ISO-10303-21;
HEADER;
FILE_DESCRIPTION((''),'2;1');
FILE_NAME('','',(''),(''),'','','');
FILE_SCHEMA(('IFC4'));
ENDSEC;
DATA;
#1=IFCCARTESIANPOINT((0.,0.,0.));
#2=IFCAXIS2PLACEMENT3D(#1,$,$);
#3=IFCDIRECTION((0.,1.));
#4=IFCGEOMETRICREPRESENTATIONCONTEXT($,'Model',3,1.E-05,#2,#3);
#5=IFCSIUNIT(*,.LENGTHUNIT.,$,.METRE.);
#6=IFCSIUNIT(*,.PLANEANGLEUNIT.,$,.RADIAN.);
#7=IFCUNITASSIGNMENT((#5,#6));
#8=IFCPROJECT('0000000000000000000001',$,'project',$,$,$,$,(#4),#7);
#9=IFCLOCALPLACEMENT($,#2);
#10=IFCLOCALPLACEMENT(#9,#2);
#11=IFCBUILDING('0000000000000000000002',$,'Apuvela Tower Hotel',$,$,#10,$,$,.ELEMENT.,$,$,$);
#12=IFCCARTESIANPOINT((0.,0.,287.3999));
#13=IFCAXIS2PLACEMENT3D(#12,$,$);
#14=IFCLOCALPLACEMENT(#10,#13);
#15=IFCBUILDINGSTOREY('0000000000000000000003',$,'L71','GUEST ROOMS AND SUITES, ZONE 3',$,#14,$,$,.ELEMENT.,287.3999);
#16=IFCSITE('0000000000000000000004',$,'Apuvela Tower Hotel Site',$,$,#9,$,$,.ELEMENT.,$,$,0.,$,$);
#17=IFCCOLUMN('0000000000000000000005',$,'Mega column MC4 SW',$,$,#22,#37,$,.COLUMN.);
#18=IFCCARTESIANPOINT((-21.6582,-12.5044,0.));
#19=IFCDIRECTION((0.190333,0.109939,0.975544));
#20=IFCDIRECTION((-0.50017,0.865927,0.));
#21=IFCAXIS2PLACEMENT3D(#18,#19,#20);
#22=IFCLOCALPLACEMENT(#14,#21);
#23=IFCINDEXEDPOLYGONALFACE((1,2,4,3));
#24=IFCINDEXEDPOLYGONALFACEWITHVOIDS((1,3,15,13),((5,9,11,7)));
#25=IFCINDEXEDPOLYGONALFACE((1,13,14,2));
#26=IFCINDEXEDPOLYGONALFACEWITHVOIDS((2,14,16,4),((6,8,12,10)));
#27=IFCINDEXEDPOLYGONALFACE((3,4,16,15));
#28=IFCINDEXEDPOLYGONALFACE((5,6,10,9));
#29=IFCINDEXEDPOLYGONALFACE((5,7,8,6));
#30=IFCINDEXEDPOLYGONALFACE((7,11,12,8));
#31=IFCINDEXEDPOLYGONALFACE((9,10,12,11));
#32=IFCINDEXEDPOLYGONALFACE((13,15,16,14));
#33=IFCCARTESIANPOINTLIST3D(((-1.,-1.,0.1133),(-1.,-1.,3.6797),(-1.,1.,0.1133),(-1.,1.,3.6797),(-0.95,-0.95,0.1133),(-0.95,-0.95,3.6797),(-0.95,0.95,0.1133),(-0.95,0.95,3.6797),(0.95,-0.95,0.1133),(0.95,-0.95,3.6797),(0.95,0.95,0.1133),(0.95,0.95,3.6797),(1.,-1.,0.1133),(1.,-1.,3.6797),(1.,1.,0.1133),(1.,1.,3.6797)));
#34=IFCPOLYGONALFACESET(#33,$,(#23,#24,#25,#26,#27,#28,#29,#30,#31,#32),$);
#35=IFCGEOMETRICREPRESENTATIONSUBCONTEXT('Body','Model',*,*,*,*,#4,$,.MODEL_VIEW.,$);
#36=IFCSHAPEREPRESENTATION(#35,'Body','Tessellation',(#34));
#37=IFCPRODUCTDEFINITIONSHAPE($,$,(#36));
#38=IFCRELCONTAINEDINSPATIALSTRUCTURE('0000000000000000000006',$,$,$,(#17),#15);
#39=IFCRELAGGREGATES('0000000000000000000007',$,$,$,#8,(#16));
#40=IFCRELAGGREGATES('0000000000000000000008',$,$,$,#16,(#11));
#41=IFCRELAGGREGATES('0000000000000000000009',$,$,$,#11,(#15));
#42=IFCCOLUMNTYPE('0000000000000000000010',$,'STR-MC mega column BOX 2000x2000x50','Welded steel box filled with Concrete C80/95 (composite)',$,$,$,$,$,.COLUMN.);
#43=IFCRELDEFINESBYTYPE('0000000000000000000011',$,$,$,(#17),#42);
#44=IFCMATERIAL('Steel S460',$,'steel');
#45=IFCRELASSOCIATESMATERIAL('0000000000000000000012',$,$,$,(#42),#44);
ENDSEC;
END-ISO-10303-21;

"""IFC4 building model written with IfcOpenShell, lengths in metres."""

from ifc_helpers import new_model, si_unit, direction, frame, origin, origin_2d, place, context, subcontext, project, spatial, rectangle, hollow_rectangle, extrude, boolean, halfspace, material, material_profile, profile_set, type_object, element, save


model = new_model("IFC4")

# Units and contexts
model_context = context("Model", 3, precision=1e-05, world=origin(), true_north=direction((0.0, 1.0)))
body_context = subcontext(model_context, "Body", "Model", "MODEL_VIEW")
ifc_project = project(units=[si_unit("LENGTHUNIT", "METRE"), si_unit("PLANEANGLEUNIT", "RADIAN")], contexts=[model_context])

# Site, building, storey
site_placement = place(None, origin())
site = spatial("IfcSite", under=ifc_project, at=site_placement, Name="Apuvela Tower Hotel Site", CompositionType="ELEMENT", RefElevation=0.0)
building_placement = place(site_placement, origin())
building = spatial("IfcBuilding", under=site, at=building_placement, Name="Apuvela Tower Hotel", CompositionType="ELEMENT")
storey_placement = place(building_placement, frame((0.0, 0.0, 287.3999)))
storey = spatial("IfcBuildingStorey", under=building, at=storey_placement, Name="L71", Description="GUEST ROOMS AND SUITES, ZONE 3", CompositionType="ELEMENT", Elevation=287.3999)

# Column
ifc_material_1 = material(Name="Steel S460", Category="steel")
ifc_material_profile_1 = material_profile(ifc_material_1, hollow_rectangle(XDim=2.0, YDim=2.0, WallThickness=0.05, at=origin_2d()), Name="BOX 2000x2000x50")
ifc_material_2 = material(Name="Concrete C80/95", Category="concrete")
ifc_material_profile_2 = material_profile(ifc_material_2, rectangle(XDim=1.8999, YDim=1.8999, at=origin_2d()), Name="Concrete C80/95 infill")
ifc_profile_set_1 = profile_set([ifc_material_profile_1, ifc_material_profile_2], Name="Steel S460")
column_type = type_object("IfcColumnType", Name="STR-MC mega column BOX 2000x2000x50", Description="Welded steel box filled with Concrete C80/95 (composite)", PredefinedType="COLUMN", material=ifc_profile_set_1)
column_placement = place(storey_placement, frame((-21.6582, -12.5044, 0.0), z_axis=(0.190333, 0.109939, 0.975544), x_axis=(-0.50017, 0.865927, 0.0)))
element("IfcColumn", 1, at=column_placement, inside=storey, type_object=column_type, Name="Mega column MC4 SW", PredefinedType="COLUMN", context=body_context, shape_type="SweptSolid", body=[
    boolean("DIFFERENCE", boolean("DIFFERENCE", extrude(hollow_rectangle(XDim=2.0, YDim=2.0, WallThickness=0.05, at=origin_2d()), origin(), (0.0, 0.0, 1.0), 3.793), halfspace(frame((0.0, 0.0, 0.1133), z_axis=(0.0, 0.0, 1.0), x_axis=(1.0, 0.0, 0.0)), True)), halfspace(frame((0.0, 0.0, 3.6797), z_axis=(0.0, 0.0, 1.0), x_axis=(1.0, 0.0, 0.0)), False)),
])

save(model, "model.ifc")
